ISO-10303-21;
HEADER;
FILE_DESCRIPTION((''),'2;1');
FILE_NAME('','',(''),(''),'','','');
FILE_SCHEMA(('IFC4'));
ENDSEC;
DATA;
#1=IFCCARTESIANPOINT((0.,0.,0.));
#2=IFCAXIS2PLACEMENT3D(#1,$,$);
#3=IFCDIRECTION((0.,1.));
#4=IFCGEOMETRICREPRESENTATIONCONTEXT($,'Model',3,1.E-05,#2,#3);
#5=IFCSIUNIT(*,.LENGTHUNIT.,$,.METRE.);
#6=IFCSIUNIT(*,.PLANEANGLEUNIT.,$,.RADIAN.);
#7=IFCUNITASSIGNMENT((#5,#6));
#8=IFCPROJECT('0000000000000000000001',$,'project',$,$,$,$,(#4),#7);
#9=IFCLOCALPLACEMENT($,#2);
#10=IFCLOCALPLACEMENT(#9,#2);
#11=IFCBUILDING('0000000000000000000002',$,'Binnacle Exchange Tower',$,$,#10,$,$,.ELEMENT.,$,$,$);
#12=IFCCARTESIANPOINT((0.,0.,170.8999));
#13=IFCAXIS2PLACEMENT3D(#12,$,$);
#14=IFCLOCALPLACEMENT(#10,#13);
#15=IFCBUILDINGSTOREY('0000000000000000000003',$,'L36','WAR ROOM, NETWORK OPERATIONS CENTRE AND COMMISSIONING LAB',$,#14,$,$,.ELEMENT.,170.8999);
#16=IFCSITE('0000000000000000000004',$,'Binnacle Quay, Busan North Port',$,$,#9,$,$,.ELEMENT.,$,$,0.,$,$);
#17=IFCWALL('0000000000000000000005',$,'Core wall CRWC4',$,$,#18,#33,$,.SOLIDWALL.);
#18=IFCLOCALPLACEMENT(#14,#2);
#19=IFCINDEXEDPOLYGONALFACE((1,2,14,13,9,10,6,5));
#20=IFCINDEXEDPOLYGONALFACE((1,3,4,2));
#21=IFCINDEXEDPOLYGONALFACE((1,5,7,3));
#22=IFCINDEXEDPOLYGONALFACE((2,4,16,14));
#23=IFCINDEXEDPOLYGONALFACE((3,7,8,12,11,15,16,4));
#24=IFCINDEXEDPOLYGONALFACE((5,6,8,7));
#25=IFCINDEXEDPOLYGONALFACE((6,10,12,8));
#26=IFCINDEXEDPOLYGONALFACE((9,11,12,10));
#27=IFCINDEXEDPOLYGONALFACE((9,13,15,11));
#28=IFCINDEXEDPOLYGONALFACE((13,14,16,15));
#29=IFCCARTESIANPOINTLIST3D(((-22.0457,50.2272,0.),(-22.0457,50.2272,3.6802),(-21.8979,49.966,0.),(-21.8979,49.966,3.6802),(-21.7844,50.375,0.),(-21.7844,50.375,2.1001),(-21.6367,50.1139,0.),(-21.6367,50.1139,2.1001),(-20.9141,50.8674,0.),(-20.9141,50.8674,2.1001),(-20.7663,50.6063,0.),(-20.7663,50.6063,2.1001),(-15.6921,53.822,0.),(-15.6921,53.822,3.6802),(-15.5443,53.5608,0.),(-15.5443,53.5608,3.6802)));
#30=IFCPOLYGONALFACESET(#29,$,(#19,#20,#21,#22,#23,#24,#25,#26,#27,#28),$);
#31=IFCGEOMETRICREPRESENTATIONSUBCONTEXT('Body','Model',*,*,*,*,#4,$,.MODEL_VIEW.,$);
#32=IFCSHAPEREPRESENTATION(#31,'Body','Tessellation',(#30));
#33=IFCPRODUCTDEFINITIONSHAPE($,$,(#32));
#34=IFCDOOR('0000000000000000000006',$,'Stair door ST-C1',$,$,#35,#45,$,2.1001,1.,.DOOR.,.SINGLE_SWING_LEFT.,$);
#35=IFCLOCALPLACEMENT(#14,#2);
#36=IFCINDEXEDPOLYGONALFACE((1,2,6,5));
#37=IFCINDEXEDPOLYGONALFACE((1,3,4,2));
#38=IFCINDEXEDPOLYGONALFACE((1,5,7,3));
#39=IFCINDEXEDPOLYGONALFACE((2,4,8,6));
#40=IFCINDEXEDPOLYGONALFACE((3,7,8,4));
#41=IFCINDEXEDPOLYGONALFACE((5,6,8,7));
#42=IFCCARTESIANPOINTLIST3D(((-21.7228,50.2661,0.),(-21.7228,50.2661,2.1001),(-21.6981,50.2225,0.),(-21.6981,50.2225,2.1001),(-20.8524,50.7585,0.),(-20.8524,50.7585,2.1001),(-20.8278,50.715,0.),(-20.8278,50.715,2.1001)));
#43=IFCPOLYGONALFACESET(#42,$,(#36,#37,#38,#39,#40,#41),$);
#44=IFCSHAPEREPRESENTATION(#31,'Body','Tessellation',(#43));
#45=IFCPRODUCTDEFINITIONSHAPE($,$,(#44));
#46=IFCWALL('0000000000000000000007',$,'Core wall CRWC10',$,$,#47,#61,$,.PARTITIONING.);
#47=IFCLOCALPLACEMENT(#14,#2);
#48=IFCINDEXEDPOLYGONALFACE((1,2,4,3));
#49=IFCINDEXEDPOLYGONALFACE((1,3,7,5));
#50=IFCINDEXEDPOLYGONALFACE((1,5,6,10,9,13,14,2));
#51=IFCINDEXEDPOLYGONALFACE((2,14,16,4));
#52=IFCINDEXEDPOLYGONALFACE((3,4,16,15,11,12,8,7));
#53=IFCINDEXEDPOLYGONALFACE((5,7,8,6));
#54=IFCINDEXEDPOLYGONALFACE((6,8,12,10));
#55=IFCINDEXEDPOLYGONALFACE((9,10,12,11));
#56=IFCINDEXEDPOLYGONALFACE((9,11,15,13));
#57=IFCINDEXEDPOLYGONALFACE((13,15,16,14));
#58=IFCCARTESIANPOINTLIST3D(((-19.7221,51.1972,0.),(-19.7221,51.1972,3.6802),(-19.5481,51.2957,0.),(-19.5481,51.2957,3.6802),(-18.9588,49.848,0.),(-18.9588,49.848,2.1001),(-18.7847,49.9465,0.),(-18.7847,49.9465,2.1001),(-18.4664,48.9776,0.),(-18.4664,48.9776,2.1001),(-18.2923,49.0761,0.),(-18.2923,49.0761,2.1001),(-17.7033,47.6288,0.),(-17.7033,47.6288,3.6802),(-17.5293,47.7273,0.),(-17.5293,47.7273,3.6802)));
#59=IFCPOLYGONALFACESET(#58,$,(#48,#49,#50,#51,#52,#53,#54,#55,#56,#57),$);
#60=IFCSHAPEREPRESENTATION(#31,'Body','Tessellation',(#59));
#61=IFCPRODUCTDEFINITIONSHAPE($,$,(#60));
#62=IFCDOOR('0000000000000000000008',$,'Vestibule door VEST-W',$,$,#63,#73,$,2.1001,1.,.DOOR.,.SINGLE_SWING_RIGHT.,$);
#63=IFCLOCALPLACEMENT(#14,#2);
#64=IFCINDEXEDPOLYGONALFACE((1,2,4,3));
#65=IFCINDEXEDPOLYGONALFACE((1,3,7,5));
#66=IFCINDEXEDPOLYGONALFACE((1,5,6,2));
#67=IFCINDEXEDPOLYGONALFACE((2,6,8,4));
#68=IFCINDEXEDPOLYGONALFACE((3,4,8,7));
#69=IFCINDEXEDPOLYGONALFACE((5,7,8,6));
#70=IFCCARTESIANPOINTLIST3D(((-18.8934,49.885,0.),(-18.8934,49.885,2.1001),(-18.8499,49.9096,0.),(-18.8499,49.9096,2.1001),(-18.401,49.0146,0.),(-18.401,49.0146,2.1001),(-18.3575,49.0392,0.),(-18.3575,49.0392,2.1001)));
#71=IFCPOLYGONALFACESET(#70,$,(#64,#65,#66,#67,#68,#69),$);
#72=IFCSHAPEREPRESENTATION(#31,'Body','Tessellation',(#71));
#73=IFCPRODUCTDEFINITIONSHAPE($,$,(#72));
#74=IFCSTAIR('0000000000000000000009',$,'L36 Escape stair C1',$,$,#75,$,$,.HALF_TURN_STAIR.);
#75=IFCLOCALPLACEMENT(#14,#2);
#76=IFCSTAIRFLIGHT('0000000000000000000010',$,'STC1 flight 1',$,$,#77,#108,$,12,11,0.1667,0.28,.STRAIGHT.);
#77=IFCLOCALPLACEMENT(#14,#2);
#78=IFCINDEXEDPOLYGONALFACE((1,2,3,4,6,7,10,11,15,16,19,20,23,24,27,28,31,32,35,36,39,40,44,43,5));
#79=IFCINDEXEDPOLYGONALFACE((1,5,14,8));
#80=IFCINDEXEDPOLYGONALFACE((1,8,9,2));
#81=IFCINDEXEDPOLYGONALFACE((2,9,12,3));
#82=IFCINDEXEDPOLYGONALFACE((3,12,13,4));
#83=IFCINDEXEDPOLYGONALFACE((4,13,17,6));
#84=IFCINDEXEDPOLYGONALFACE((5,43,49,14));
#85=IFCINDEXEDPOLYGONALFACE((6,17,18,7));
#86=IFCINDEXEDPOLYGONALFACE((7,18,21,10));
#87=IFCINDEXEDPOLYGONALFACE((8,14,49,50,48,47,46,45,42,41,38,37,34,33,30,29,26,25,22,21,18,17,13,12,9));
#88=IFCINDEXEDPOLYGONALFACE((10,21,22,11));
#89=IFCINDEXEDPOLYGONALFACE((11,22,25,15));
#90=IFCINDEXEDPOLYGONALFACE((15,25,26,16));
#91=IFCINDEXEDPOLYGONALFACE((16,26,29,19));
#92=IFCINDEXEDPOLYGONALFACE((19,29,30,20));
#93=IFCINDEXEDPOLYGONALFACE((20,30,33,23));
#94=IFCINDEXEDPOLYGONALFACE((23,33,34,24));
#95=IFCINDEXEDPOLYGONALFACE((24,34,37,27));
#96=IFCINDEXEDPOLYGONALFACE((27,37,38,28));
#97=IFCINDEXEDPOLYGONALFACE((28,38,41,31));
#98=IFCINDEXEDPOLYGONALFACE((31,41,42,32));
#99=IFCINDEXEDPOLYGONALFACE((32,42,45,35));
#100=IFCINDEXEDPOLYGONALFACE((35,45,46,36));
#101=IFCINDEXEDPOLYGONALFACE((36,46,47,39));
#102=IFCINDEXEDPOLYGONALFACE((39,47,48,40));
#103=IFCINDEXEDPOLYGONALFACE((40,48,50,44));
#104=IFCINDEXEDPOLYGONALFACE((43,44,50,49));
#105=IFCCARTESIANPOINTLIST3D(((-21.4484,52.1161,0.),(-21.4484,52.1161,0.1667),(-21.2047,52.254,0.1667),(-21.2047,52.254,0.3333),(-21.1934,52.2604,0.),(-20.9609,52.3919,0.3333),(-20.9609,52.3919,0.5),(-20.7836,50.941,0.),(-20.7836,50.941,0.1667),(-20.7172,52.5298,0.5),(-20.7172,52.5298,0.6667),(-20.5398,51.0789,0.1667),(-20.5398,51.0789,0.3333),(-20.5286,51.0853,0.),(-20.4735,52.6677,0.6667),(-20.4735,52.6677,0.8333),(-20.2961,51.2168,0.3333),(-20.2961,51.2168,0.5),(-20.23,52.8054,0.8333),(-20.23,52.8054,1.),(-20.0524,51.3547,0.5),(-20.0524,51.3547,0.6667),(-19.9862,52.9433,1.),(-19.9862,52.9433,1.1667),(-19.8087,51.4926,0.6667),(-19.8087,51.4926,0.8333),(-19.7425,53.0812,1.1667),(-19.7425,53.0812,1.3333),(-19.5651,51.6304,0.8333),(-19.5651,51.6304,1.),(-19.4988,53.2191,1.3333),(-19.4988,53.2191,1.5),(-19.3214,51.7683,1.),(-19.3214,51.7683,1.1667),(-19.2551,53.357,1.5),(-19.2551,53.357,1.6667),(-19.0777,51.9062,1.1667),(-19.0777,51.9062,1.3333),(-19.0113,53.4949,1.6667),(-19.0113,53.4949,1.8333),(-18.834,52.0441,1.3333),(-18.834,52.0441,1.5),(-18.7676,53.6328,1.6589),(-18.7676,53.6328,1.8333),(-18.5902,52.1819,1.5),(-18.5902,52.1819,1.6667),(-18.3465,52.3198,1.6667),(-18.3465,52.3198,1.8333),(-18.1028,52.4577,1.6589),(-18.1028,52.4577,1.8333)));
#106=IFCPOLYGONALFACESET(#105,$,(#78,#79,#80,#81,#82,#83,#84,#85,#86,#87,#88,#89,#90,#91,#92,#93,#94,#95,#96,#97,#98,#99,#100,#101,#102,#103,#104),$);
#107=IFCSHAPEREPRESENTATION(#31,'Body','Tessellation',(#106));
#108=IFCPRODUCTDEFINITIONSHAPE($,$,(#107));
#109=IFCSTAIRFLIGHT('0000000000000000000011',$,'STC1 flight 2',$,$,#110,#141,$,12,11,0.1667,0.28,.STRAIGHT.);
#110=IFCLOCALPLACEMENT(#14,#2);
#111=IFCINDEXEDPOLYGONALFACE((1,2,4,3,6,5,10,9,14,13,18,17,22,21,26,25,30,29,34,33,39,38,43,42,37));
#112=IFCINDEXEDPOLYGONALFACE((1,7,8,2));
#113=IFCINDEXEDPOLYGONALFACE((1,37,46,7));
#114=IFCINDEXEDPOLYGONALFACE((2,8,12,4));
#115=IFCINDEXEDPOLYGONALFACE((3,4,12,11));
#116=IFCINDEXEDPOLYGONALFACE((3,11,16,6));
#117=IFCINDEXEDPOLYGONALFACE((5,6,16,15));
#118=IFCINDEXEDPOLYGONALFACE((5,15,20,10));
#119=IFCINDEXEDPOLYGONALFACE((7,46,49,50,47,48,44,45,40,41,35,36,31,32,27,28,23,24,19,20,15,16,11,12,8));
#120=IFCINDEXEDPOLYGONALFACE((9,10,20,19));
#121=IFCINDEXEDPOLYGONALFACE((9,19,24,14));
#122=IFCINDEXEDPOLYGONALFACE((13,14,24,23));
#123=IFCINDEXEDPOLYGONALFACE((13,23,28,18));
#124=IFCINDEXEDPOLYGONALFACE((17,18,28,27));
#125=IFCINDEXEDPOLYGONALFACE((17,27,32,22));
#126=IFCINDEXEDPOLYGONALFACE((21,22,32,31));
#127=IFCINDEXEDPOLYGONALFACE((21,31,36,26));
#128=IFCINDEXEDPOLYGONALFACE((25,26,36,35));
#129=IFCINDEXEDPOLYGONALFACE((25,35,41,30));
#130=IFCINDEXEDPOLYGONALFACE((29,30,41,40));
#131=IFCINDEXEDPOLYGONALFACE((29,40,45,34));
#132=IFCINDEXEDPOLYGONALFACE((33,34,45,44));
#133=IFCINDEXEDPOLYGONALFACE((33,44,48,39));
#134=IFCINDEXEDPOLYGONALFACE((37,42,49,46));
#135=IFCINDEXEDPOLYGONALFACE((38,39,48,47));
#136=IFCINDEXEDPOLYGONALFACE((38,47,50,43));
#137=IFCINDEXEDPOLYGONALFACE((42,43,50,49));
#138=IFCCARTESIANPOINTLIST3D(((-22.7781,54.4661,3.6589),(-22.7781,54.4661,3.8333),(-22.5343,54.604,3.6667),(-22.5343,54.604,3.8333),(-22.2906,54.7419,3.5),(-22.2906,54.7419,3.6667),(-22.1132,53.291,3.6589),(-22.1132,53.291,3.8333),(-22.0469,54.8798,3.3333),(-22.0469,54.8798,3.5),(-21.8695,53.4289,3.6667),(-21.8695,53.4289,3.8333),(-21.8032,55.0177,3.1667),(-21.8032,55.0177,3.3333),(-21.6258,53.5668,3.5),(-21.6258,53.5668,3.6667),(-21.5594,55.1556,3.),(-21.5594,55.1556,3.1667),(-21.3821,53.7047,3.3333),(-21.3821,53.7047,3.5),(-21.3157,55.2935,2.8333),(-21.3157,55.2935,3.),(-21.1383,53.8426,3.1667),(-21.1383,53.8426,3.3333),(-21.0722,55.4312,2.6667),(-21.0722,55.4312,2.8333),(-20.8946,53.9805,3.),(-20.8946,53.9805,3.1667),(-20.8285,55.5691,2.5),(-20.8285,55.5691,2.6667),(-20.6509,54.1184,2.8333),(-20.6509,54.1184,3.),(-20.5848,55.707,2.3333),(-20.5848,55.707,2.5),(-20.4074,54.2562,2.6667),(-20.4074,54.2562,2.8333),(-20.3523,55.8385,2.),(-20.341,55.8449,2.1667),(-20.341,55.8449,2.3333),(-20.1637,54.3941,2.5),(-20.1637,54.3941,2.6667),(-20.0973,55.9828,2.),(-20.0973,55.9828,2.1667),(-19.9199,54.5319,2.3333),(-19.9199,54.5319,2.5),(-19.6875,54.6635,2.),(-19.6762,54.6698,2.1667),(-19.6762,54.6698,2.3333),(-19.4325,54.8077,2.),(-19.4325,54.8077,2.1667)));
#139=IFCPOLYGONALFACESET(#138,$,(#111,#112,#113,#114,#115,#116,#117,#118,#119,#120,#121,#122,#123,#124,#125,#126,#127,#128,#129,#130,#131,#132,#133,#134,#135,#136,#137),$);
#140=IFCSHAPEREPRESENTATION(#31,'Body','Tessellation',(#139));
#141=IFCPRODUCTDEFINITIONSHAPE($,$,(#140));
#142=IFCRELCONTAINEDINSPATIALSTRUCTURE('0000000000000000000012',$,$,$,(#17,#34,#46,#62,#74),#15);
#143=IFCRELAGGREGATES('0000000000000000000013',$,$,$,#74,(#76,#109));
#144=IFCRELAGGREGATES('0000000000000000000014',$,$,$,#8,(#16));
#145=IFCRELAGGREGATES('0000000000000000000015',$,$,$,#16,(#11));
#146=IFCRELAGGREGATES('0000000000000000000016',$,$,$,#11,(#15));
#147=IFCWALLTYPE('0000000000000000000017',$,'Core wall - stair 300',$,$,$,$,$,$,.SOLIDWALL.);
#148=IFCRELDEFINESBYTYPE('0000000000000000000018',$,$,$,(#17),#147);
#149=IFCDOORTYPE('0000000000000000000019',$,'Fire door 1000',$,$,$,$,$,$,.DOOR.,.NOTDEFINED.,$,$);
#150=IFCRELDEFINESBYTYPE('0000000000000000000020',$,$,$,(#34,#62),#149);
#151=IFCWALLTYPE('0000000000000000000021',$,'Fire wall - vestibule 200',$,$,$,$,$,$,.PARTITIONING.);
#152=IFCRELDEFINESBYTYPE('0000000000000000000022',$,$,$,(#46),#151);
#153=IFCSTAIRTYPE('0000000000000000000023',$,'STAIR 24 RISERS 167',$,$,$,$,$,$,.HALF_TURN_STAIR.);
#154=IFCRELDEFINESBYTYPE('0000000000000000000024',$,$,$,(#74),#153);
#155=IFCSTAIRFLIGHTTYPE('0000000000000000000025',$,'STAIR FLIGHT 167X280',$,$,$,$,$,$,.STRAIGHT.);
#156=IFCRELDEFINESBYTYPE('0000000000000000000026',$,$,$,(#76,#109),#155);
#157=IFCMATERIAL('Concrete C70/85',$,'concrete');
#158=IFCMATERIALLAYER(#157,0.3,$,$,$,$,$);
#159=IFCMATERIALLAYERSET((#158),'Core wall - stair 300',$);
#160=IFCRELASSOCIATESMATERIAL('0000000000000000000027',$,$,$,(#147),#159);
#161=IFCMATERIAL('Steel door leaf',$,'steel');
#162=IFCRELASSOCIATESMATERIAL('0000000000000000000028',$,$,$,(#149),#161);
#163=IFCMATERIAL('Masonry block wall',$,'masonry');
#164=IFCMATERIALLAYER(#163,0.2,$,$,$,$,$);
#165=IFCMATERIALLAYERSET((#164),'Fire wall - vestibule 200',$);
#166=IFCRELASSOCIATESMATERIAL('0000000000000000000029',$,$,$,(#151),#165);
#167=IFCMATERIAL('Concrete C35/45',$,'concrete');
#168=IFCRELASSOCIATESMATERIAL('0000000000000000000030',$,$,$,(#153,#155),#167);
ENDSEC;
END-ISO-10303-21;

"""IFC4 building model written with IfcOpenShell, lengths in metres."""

from ifc_helpers import new_model, si_unit, direction, frame, frame_2d, origin, place, context, subcontext, project, spatial, polyline, rectangle, outline, extrude, material, layer, layer_set, type_object, element, fill, aggregate, save


model = new_model("IFC4")

# Units and contexts
model_context = context("Model", 3, precision=1e-05, world=origin(), true_north=direction((0.0, 1.0)))
body_context = subcontext(model_context, "Body", "Model", "MODEL_VIEW")
ifc_project = project(units=[si_unit("LENGTHUNIT", "METRE"), si_unit("PLANEANGLEUNIT", "RADIAN")], contexts=[model_context])

# Site, building, storey
site_placement = place(None, origin())
site = spatial("IfcSite", under=ifc_project, at=site_placement, Name="Binnacle Quay, Busan North Port", CompositionType="ELEMENT", RefElevation=0.0)
building_placement = place(site_placement, origin())
building = spatial("IfcBuilding", under=site, at=building_placement, Name="Binnacle Exchange Tower", CompositionType="ELEMENT")
storey_placement = place(building_placement, frame((0.0, 0.0, 170.8999)))
storey = spatial("IfcBuildingStorey", under=building, at=storey_placement, Name="L36", Description="WAR ROOM, NETWORK OPERATIONS CENTRE AND COMMISSIONING LAB", CompositionType="ELEMENT", Elevation=170.8999)

# Shared definitions
ifc_material_1 = material(Name="Concrete C70/85", Category="concrete")

# Shared definitions
ifc_material_2 = material(Name="Steel door leaf", Category="steel")

# Walls, openings, doors
ifc_layer_1 = layer(ifc_material_1, 0.3)
ifc_layer_set_1 = layer_set([ifc_layer_1], Name="Core wall - stair 300")
wall_type_1 = type_object("IfcWallType", Name="Core wall - stair 300", PredefinedType="SOLIDWALL", material=ifc_layer_set_1)
wall_1_placement = place(storey_placement, frame((-21.9717, 50.0967, 0.0), z_axis=(0.0, 0.0, 1.0), x_axis=(0.870351, 0.492432, 0.0)))
wall_1 = element("IfcWall", 1, at=wall_1_placement, inside=storey, type_object=wall_type_1, Name="Core wall CRWC4", PredefinedType="SOLIDWALL", context=body_context, shape_type="SweptSolid", body=[
    extrude(rectangle(XDim=7.3, YDim=0.3, at=frame_2d((3.6499, 0.0))), origin(), (0.0, 0.0, 1.0), 3.6802),
])
opening_1_placement = place(wall_1_placement, frame((0.3, 0.0, 0.0)))
opening_1 = element("IfcOpeningElement", 2, at=opening_1_placement, cuts=wall_1, PredefinedType="OPENING", context=body_context, shape_type="SweptSolid", body=[
    extrude(rectangle(XDim=1.0, YDim=2.1001, at=frame_2d((0.5, 1.05))), frame((0.0, 0.1599, 0.0), z_axis=(0.0, -1.0, 0.0), x_axis=(1.0, 0.0, 0.0)), (0.0, 0.0, 1.0), 0.3201),
])
door_type_1 = type_object("IfcDoorType", Name="Fire door 1000", OperationType="NOTDEFINED", PredefinedType="DOOR", material=ifc_material_2)
door_1_placement = place(opening_1_placement, origin())
door_1 = element("IfcDoor", 3, at=door_1_placement, inside=storey, type_object=door_type_1, Name="Stair door ST-C1", OperationType="SINGLE_SWING_LEFT", OverallHeight=2.1001, OverallWidth=1.0, PredefinedType="DOOR", context=body_context, shape_type="SweptSolid", body=[
    extrude(rectangle(XDim=1.0, YDim=2.1001, at=frame_2d((0.5, 1.05))), frame((0.0, 0.0249, 0.0), z_axis=(0.0, -1.0, 0.0), x_axis=(1.0, 0.0, 0.0)), (0.0, 0.0, 1.0), 0.05),
])
fill(opening_1, door_1)
ifc_material_3 = material(Name="Masonry block wall", Category="masonry")
ifc_layer_2 = layer(ifc_material_3, 0.2)
ifc_layer_set_2 = layer_set([ifc_layer_2], Name="Fire wall - vestibule 200")
wall_type_2 = type_object("IfcWallType", Name="Fire wall - vestibule 200", PredefinedType="PARTITIONING", material=ifc_layer_set_2)
wall_2_placement = place(storey_placement, frame((-19.635, 51.2463, 0.0), z_axis=(0.0, 0.0, 1.0), x_axis=(0.492408, -0.870364, 0.0)))
wall_2 = element("IfcWall", 4, at=wall_2_placement, inside=storey, type_object=wall_type_2, Name="Core wall CRWC10", PredefinedType="PARTITIONING", context=body_context, shape_type="SweptSolid", body=[
    extrude(rectangle(XDim=4.0999, YDim=0.2, at=frame_2d((2.0498, 0.0))), origin(), (0.0, 0.0, 1.0), 3.6802),
])
opening_2_placement = place(wall_2_placement, frame((1.55, 0.0, 0.0)))
opening_2 = element("IfcOpeningElement", 5, at=opening_2_placement, cuts=wall_2, PredefinedType="OPENING", context=body_context, shape_type="SweptSolid", body=[
    extrude(rectangle(XDim=1.0, YDim=2.1001, at=frame_2d((0.5, 1.05))), frame((0.0, 0.1099, 0.0), z_axis=(0.0, -1.0, 0.0), x_axis=(1.0, 0.0, 0.0)), (0.0, 0.0, 1.0), 0.22),
])
door_2_placement = place(opening_2_placement, frame((1.0, 0.0, 0.0), z_axis=(0.0, 0.0, 1.0), x_axis=(-1.0, 0.0, 0.0)))
door_2 = element("IfcDoor", 6, at=door_2_placement, inside=storey, type_object=door_type_1, Name="Vestibule door VEST-W", OperationType="SINGLE_SWING_RIGHT", OverallHeight=2.1001, OverallWidth=1.0, PredefinedType="DOOR", context=body_context, shape_type="SweptSolid", body=[
    extrude(rectangle(XDim=1.0, YDim=2.1001, at=frame_2d((0.5, 1.05))), frame((0.0, 0.0249, 0.0), z_axis=(0.0, -1.0, 0.0), x_axis=(1.0, 0.0, 0.0)), (0.0, 0.0, 1.0), 0.05),
])
fill(opening_2, door_2)

# Stair, stair flights
ifc_material_4 = material(Name="Concrete C35/45", Category="concrete")
stair_type = type_object("IfcStairType", Name="STAIR 24 RISERS 167", PredefinedType="HALF_TURN_STAIR", material=ifc_material_4)
stair_placement = place(storey_placement, origin())
stair = element("IfcStair", 7, at=stair_placement, inside=storey, type_object=stair_type, Name="L36 Escape stair C1", PredefinedType="HALF_TURN_STAIR")
stair_flight_type = type_object("IfcStairFlightType", Name="STAIR FLIGHT 167X280", PredefinedType="STRAIGHT", material=ifc_material_4)
stair_flight_1_placement = place(storey_placement, frame((-21.116, 51.5286, 0.0), z_axis=(0.0, 0.0, 1.0), x_axis=(0.870356, 0.492424, 0.0)))
stair_flight_1 = element("IfcStairFlight", 8, at=stair_flight_1_placement, type_object=stair_flight_type, Name="STC1 flight 1", NumberOfRisers=12, NumberOfTreads=11, PredefinedType="STRAIGHT", RiserHeight=0.1667, TreadLength=0.28, context=body_context, shape_type="SweptSolid", body=[
    extrude(outline(polyline([(0.0, 0.0), (0.0, 0.1667), (0.28, 0.1667), (0.28, 0.3333), (0.5601, 0.3333), (0.5601, 0.5), (0.8401, 0.5), (0.8401, 0.6667), (1.1201, 0.6667), (1.1201, 0.8333), (1.3999, 0.8333), (1.3999, 1.0), (1.6799, 1.0), (1.6799, 1.1667), (1.96, 1.1667), (1.96, 1.3333), (2.24, 1.3333), (2.24, 1.5), (2.52, 1.5), (2.52, 1.6667), (2.8, 1.6667), (2.8, 1.8333), (3.0801, 1.8333), (3.0801, 2.0), (3.0801, 1.6589), (0.293, 0.0), (0.0, 0.0)])), frame((0.0, 0.675, 0.0), z_axis=(0.0, -1.0, 0.0), x_axis=(1.0, 0.0, 0.0)), (0.0, 0.0, 1.0), 1.3501),
])
stair_flight_2_placement = place(storey_placement, frame((-19.7649, 55.3953, 2.0), z_axis=(0.0, 0.0, 1.0), x_axis=(-0.870356, -0.492424, 0.0)))
stair_flight_2 = element("IfcStairFlight", 9, at=stair_flight_2_placement, type_object=stair_flight_type, Name="STC1 flight 2", NumberOfRisers=12, NumberOfTreads=11, PredefinedType="STRAIGHT", RiserHeight=0.1667, TreadLength=0.28, context=body_context, shape_type="SweptSolid", body=[
    extrude(outline(polyline([(0.0, 0.0), (0.0, 0.1667), (0.28, 0.1667), (0.28, 0.3333), (0.5601, 0.3333), (0.5601, 0.5), (0.8401, 0.5), (0.8401, 0.6667), (1.1201, 0.6667), (1.1201, 0.8333), (1.3999, 0.8333), (1.3999, 1.0), (1.6799, 1.0), (1.6799, 1.1667), (1.96, 1.1667), (1.96, 1.3333), (2.24, 1.3333), (2.24, 1.5), (2.52, 1.5), (2.52, 1.6667), (2.8, 1.6667), (2.8, 1.8333), (3.0801, 1.8333), (3.0801, 2.0), (3.0801, 1.6589), (0.293, 0.0), (0.0, 0.0)])), frame((0.0, 0.675, 0.0), z_axis=(0.0, -1.0, 0.0), x_axis=(1.0, 0.0, 0.0)), (0.0, 0.0, 1.0), 1.3501),
])
aggregate(stair, [stair_flight_1, stair_flight_2])

save(model, "model.ifc")
